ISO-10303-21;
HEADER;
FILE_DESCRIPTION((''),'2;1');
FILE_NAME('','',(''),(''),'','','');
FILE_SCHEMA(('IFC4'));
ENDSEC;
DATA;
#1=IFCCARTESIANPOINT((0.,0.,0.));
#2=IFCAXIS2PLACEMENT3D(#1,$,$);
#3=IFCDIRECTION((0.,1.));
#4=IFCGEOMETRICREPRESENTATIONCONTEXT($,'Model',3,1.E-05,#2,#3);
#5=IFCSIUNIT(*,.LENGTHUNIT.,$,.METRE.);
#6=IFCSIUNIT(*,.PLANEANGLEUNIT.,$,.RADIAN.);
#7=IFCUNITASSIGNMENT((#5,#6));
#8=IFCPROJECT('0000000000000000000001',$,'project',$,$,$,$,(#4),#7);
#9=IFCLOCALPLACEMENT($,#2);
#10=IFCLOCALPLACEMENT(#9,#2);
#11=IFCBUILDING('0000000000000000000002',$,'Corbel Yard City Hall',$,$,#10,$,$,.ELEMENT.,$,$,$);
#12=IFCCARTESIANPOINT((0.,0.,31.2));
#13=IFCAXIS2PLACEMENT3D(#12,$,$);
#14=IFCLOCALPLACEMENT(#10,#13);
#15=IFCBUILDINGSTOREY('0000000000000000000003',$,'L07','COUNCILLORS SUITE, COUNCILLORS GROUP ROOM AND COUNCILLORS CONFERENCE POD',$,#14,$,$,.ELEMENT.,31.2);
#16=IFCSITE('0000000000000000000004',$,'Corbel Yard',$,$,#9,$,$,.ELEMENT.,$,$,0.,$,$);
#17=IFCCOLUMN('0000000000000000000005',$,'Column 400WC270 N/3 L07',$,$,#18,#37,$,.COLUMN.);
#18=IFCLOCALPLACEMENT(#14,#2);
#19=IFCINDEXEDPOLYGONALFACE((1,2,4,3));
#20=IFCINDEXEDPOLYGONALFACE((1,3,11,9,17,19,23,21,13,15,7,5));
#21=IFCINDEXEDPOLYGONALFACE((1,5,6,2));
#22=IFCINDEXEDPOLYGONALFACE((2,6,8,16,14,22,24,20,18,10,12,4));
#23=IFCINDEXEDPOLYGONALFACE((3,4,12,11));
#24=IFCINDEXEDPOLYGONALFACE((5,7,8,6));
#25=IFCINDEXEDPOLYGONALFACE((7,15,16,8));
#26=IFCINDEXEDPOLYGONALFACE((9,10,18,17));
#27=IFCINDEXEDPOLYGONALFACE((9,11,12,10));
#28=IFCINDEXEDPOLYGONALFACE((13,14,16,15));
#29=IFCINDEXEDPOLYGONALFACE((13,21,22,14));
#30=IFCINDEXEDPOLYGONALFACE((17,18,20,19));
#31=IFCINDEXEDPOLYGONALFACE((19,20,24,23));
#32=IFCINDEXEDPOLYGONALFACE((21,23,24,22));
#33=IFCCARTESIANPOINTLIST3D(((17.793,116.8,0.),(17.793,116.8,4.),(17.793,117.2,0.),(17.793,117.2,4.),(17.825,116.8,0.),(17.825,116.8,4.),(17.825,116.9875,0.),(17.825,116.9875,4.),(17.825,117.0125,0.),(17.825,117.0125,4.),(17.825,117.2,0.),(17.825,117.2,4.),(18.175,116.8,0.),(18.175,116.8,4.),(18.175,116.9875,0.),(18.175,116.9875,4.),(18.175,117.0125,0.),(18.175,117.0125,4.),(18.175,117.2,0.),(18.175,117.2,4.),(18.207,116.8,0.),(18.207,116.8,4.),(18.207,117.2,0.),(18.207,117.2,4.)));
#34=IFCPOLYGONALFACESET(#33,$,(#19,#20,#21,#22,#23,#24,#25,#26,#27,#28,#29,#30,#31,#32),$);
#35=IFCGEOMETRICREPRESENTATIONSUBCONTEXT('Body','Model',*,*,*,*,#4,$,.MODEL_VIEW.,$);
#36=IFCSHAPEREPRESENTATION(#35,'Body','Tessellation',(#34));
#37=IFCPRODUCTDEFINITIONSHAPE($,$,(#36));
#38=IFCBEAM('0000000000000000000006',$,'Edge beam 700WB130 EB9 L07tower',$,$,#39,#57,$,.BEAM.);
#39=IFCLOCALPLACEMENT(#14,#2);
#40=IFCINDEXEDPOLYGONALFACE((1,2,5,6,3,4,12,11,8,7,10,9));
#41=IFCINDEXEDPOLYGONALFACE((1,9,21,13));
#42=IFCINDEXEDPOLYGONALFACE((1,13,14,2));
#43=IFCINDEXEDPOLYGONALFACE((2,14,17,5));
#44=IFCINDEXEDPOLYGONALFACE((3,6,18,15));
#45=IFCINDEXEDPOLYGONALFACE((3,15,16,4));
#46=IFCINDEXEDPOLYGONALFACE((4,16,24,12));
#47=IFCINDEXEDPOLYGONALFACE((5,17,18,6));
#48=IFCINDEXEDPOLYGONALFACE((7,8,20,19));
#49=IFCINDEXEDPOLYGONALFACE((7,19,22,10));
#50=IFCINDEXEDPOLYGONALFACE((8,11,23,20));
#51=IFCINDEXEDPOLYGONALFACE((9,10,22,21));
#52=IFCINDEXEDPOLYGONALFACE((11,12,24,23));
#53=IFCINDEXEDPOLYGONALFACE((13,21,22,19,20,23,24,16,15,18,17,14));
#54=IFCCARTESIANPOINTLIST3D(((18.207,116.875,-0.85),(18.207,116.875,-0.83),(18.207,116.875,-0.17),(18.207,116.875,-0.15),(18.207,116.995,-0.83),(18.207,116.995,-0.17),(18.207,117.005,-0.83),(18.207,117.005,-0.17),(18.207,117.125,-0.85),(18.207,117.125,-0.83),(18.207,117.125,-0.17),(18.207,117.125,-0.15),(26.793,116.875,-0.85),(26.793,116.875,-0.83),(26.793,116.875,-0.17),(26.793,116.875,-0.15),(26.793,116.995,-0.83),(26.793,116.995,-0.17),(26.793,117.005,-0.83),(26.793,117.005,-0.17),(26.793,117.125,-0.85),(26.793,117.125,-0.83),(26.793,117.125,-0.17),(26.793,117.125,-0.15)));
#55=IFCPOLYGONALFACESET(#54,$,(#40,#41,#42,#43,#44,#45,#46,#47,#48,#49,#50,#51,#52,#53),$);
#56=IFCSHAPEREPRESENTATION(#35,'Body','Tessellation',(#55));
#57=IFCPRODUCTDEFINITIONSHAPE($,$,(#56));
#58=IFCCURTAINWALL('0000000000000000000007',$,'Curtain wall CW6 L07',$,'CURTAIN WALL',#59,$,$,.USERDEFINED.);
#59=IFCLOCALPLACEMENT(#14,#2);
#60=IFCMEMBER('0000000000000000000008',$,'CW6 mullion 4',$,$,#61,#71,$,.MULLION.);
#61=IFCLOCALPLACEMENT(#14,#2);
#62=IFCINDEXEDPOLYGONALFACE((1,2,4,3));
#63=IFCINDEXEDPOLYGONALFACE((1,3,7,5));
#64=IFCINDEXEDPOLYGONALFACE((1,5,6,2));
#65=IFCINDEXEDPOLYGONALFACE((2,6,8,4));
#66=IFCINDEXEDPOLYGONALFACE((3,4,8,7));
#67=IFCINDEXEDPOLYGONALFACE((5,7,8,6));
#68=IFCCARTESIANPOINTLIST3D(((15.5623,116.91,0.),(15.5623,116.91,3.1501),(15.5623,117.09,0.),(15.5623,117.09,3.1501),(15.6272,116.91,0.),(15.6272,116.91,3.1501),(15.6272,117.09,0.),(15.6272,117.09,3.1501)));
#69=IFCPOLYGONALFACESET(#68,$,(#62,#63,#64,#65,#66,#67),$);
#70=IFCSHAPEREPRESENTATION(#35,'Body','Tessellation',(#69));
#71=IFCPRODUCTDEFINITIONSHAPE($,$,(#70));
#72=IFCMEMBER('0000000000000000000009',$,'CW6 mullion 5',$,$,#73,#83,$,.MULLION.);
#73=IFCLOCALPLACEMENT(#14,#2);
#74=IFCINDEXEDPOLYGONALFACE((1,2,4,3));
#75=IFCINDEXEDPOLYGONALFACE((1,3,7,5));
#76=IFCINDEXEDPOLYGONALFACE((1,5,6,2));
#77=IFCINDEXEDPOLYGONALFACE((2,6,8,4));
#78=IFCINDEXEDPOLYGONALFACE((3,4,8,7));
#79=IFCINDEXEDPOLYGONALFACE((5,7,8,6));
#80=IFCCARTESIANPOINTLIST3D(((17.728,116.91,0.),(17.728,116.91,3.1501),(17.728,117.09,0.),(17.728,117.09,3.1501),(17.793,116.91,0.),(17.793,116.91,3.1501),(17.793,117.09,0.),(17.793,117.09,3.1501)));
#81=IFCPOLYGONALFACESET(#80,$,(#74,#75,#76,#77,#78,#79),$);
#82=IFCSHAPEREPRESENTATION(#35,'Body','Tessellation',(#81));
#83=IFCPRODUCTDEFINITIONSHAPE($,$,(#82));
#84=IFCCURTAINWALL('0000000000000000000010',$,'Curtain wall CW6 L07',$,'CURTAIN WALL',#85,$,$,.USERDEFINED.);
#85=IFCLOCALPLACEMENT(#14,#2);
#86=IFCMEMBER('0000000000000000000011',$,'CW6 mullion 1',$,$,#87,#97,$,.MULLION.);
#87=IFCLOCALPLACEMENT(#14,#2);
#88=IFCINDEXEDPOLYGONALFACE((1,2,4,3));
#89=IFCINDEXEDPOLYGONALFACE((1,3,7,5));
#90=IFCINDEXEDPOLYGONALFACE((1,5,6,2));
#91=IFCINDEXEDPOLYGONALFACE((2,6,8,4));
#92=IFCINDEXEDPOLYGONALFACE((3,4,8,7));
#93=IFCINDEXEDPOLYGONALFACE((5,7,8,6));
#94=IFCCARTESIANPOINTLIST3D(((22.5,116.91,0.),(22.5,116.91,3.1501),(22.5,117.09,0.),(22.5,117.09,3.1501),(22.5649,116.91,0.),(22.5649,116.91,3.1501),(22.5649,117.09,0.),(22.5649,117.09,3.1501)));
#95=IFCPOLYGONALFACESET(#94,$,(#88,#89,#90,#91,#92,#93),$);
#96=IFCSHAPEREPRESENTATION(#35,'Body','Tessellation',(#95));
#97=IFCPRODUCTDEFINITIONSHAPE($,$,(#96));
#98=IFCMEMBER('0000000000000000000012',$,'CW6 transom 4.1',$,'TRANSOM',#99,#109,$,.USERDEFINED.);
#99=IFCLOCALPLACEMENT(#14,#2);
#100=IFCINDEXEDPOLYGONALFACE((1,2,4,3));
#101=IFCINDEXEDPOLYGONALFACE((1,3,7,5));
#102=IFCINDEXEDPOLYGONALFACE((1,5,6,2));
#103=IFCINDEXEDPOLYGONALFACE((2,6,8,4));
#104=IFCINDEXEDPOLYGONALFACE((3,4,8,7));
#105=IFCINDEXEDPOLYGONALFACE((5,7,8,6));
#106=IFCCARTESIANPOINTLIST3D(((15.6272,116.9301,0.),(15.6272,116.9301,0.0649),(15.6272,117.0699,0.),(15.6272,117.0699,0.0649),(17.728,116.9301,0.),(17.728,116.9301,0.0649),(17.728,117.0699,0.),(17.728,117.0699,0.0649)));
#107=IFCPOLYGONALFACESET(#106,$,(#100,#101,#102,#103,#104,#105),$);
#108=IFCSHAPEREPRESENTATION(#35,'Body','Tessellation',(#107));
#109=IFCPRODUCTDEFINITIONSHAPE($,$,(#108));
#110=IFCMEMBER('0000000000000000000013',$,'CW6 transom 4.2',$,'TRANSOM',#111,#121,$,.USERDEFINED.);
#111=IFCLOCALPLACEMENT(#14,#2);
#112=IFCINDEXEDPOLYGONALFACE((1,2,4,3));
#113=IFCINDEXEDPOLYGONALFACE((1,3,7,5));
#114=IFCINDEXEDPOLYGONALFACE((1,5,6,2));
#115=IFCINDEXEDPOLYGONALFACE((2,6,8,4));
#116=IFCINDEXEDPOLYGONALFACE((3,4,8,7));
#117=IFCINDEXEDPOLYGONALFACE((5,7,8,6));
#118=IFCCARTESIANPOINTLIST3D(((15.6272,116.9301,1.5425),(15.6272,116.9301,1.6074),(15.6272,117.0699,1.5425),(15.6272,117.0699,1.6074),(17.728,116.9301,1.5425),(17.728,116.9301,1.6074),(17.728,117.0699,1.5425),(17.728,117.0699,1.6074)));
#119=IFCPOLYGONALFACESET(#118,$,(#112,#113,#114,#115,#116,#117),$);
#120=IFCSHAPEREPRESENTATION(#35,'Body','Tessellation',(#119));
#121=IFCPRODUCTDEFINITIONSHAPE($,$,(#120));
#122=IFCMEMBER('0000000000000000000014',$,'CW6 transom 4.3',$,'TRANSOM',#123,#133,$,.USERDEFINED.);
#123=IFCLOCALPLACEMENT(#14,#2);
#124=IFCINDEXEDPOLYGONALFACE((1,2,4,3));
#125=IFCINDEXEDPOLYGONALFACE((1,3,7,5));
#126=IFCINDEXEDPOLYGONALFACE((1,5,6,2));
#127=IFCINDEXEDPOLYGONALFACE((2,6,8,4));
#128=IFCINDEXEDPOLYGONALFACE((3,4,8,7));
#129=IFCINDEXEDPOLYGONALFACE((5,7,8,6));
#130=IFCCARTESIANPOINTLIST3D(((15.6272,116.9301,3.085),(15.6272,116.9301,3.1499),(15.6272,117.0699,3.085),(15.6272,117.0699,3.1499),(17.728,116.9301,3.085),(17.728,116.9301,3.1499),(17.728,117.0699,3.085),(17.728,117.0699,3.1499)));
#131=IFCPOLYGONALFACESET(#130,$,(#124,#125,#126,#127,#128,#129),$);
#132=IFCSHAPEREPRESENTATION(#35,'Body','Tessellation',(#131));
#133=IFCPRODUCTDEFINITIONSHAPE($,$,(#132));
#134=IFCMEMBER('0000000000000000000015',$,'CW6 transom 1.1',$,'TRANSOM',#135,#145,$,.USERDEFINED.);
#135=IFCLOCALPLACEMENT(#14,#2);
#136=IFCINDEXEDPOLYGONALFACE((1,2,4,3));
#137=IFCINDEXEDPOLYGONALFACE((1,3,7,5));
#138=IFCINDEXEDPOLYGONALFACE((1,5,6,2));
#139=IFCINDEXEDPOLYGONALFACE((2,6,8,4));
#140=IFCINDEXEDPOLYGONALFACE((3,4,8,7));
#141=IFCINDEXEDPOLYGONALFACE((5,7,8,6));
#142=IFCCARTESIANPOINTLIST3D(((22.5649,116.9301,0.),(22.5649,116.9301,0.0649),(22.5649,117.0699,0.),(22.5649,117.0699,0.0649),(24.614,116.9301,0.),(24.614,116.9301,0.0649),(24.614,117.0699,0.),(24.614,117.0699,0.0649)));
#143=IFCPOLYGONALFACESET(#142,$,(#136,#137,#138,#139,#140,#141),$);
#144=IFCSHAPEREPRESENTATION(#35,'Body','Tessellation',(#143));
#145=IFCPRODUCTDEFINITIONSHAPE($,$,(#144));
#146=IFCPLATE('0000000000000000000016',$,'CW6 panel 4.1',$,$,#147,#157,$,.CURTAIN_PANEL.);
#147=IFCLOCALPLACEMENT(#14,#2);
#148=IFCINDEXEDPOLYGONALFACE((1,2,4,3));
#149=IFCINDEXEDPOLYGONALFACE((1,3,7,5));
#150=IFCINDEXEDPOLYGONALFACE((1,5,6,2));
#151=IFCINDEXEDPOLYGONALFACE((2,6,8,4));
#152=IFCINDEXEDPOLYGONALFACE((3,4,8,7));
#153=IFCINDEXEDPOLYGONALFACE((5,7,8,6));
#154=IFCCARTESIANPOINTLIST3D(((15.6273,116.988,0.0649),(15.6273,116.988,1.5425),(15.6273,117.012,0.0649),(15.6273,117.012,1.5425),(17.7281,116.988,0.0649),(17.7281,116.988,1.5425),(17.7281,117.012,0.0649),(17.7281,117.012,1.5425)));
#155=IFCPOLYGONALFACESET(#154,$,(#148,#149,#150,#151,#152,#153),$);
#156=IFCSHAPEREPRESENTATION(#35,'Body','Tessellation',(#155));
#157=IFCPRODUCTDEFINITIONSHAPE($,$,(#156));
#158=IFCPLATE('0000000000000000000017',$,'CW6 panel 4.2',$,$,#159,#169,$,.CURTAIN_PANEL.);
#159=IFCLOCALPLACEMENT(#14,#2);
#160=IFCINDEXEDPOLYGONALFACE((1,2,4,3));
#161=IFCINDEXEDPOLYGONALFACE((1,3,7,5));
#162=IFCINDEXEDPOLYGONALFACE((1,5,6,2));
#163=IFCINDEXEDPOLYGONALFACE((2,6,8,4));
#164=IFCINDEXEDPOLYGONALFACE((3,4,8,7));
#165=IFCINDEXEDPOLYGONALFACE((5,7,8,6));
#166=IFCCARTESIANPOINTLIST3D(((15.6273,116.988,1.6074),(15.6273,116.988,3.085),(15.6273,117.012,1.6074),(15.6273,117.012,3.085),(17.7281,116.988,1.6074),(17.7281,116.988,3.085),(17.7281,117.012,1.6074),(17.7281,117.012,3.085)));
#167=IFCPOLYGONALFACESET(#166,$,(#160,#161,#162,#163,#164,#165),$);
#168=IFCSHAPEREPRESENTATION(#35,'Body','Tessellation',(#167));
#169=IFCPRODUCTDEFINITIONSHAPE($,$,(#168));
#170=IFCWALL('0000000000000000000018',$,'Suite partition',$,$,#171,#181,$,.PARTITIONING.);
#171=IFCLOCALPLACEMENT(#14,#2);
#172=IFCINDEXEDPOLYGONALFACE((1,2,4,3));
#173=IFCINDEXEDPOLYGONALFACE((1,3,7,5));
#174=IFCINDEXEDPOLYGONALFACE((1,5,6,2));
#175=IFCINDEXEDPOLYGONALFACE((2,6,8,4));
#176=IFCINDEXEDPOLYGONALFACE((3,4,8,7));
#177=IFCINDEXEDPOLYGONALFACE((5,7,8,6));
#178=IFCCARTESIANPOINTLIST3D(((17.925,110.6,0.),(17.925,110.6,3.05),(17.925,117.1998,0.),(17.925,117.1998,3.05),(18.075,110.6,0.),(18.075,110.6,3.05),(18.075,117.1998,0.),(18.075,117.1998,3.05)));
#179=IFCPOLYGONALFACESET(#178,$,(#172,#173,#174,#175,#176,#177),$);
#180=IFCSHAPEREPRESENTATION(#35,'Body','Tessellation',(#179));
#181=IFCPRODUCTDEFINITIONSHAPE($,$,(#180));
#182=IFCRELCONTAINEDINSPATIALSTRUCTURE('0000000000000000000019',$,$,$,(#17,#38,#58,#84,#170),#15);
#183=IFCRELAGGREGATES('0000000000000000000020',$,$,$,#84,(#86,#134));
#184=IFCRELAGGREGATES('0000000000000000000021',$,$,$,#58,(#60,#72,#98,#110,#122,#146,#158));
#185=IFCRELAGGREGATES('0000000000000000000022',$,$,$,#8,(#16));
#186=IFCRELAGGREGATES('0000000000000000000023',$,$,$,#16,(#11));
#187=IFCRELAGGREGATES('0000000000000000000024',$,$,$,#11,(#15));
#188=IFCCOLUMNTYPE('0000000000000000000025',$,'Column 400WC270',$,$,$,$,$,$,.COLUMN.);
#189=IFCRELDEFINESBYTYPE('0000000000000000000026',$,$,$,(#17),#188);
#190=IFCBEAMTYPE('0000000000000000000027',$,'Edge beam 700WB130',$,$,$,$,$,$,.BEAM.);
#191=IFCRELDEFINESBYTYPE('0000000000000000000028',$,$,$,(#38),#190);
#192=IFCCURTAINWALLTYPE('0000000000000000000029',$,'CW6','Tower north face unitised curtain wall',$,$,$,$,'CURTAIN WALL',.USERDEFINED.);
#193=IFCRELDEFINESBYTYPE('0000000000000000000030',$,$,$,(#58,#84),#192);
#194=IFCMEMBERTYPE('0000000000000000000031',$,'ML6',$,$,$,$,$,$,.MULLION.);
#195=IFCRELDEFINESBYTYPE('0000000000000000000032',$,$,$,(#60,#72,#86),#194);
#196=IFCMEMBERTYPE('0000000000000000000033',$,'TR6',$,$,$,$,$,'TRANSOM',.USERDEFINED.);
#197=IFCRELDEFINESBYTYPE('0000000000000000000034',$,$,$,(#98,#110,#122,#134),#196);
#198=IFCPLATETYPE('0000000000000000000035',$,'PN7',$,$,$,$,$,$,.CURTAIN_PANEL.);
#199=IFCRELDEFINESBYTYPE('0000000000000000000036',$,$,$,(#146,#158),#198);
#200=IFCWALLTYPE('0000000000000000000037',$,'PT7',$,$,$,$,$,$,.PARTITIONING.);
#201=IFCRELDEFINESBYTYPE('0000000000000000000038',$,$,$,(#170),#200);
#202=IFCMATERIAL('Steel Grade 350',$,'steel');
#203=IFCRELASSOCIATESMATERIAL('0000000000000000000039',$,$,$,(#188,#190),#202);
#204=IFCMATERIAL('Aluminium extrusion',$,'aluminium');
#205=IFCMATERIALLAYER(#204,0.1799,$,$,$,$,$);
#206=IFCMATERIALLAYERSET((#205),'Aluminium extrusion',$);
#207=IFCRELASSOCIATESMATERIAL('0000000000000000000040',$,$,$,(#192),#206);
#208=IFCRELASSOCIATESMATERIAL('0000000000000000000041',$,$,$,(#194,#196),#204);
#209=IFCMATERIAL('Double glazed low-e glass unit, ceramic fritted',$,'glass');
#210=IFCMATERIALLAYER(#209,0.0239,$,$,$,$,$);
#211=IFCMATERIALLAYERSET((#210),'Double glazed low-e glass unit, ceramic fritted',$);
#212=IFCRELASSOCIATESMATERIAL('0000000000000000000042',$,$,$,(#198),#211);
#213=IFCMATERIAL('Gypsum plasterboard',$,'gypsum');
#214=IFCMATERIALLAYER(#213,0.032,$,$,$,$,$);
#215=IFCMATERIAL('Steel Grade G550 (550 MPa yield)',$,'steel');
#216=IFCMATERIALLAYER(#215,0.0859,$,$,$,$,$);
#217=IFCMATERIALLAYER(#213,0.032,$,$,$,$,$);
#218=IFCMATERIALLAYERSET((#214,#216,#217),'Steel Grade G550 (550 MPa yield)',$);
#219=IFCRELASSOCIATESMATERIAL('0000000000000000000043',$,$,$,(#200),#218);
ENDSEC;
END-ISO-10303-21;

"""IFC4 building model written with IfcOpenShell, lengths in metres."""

from ifc_helpers import new_model, si_unit, direction, frame, frame_2d, origin, origin_2d, place, context, subcontext, project, spatial, rectangle, i_section, extrude, material, layer, layer_set, material_profile, profile_set, type_object, element, aggregate, save


model = new_model("IFC4")

# Units and contexts
model_context = context("Model", 3, precision=1e-05, world=origin(), true_north=direction((0.0, 1.0)))
body_context = subcontext(model_context, "Body", "Model", "MODEL_VIEW")
ifc_project = project(units=[si_unit("LENGTHUNIT", "METRE"), si_unit("PLANEANGLEUNIT", "RADIAN")], contexts=[model_context])

# Site, building, storey
site_placement = place(None, origin())
site = spatial("IfcSite", under=ifc_project, at=site_placement, Name="Corbel Yard", CompositionType="ELEMENT", RefElevation=0.0)
building_placement = place(site_placement, origin())
building = spatial("IfcBuilding", under=site, at=building_placement, Name="Corbel Yard City Hall", CompositionType="ELEMENT")
storey_placement = place(building_placement, frame((0.0, 0.0, 31.2)))
storey = spatial("IfcBuildingStorey", under=building, at=storey_placement, Name="L07", Description="COUNCILLORS SUITE, COUNCILLORS GROUP ROOM AND COUNCILLORS CONFERENCE POD", CompositionType="ELEMENT", Elevation=31.2)

# Column
ifc_material_1 = material(Name="Steel Grade 350", Category="steel")
ifc_material_profile_1 = material_profile(ifc_material_1, i_section(OverallWidth=0.3999, OverallDepth=0.4141, WebThickness=0.0249, FlangeThickness=0.032, at=origin_2d()), Name="400WC270")
ifc_profile_set_1 = profile_set([ifc_material_profile_1], Name="Steel Grade 350")
column_type = type_object("IfcColumnType", Name="Column 400WC270", PredefinedType="COLUMN", material=ifc_profile_set_1)
column_placement = place(storey_placement, frame((18.0, 117.0, 0.0), z_axis=(0.0, 0.0, 1.0), x_axis=(0.0, 1.0, 0.0)))
element("IfcColumn", 1, at=column_placement, inside=storey, type_object=column_type, Name="Column 400WC270 N/3 L07", PredefinedType="COLUMN", context=body_context, shape_type="SweptSolid", body=[
    extrude(i_section(OverallWidth=0.3999, OverallDepth=0.4141, WebThickness=0.0249, FlangeThickness=0.032, at=origin_2d()), origin(), (0.0, 0.0, 1.0), 4.0),
])

# Beam
ifc_material_profile_2 = material_profile(ifc_material_1, i_section(OverallWidth=0.25, OverallDepth=0.7, WebThickness=0.01, FlangeThickness=0.02, at=origin_2d()), Name="700WB130")
ifc_profile_set_2 = profile_set([ifc_material_profile_2], Name="Steel Grade 350")
beam_type = type_object("IfcBeamType", Name="Edge beam 700WB130", PredefinedType="BEAM", material=ifc_profile_set_2)
beam_placement = place(storey_placement, frame((18.207, 117.0, -0.5), z_axis=(1.0, 0.0, 0.0), x_axis=(0.0, 1.0, 0.0)))
element("IfcBeam", 2, at=beam_placement, inside=storey, type_object=beam_type, Name="Edge beam 700WB130 EB9 L07tower", PredefinedType="BEAM", context=body_context, shape_type="SweptSolid", body=[
    extrude(i_section(OverallWidth=0.25, OverallDepth=0.7, WebThickness=0.01, FlangeThickness=0.02, at=origin_2d()), origin(), (0.0, 0.0, 1.0), 8.5859),
])

# Curtain wall, members
ifc_material_2 = material(Name="Aluminium extrusion", Category="aluminium")
ifc_layer_1 = layer(ifc_material_2, 0.1799)
ifc_layer_set_1 = layer_set([ifc_layer_1], Name="Aluminium extrusion")
curtain_wall_type = type_object("IfcCurtainWallType", Name="CW6", Description="Tower north face unitised curtain wall", ElementType="CURTAIN WALL", PredefinedType="USERDEFINED", material=ifc_layer_set_1)
curtain_wall_1_placement = place(storey_placement, origin())
curtain_wall_1 = element("IfcCurtainWall", 3, at=curtain_wall_1_placement, inside=storey, type_object=curtain_wall_type, Name="Curtain wall CW6 L07", ObjectType="CURTAIN WALL", PredefinedType="USERDEFINED")
ifc_material_profile_3 = material_profile(ifc_material_2, rectangle(XDim=0.1799, YDim=0.0649, at=origin_2d()), Name="180x65")
ifc_profile_set_3 = profile_set([ifc_material_profile_3], Name="Aluminium extrusion")
member_type_1 = type_object("IfcMemberType", Name="ML6", PredefinedType="MULLION", material=ifc_profile_set_3)
member_1_placement = place(storey_placement, frame((15.5947, 117.0, 0.0), z_axis=(0.0, 0.0, 1.0), x_axis=(0.0, 1.0, 0.0)))
member_1 = element("IfcMember", 4, at=member_1_placement, type_object=member_type_1, Name="CW6 mullion 4", PredefinedType="MULLION", context=body_context, shape_type="SweptSolid", body=[
    extrude(rectangle(XDim=0.1799, YDim=0.0649, at=origin_2d()), origin(), (0.0, 0.0, 1.0), 3.1501),
])
member_2_placement = place(storey_placement, frame((17.7605, 117.0, 0.0), z_axis=(0.0, 0.0, 1.0), x_axis=(0.0, 1.0, 0.0)))
member_2 = element("IfcMember", 5, at=member_2_placement, type_object=member_type_1, Name="CW6 mullion 5", PredefinedType="MULLION", context=body_context, shape_type="SweptSolid", body=[
    extrude(rectangle(XDim=0.1799, YDim=0.0649, at=origin_2d()), origin(), (0.0, 0.0, 1.0), 3.1501),
])

# Curtain wall, member
curtain_wall_2_placement = place(storey_placement, origin())
curtain_wall_2 = element("IfcCurtainWall", 6, at=curtain_wall_2_placement, inside=storey, type_object=curtain_wall_type, Name="Curtain wall CW6 L07", ObjectType="CURTAIN WALL", PredefinedType="USERDEFINED")
member_3_placement = place(storey_placement, frame((22.5325, 117.0, 0.0), z_axis=(0.0, 0.0, 1.0), x_axis=(0.0, 1.0, 0.0)))
member_3 = element("IfcMember", 7, at=member_3_placement, type_object=member_type_1, Name="CW6 mullion 1", PredefinedType="MULLION", context=body_context, shape_type="SweptSolid", body=[
    extrude(rectangle(XDim=0.1799, YDim=0.0649, at=origin_2d()), origin(), (0.0, 0.0, 1.0), 3.1501),
])

# Members
ifc_material_profile_4 = material_profile(ifc_material_2, rectangle(XDim=0.1399, YDim=0.0649, at=origin_2d()), Name="140x65")
ifc_profile_set_4 = profile_set([ifc_material_profile_4], Name="Aluminium extrusion")
member_type_2 = type_object("IfcMemberType", Name="TR6", ElementType="TRANSOM", PredefinedType="USERDEFINED", material=ifc_profile_set_4)
member_4_placement = place(storey_placement, frame((15.6272, 117.0, 0.0325), z_axis=(1.0, 0.0, 0.0), x_axis=(0.0, 1.0, 0.0)))
member_4 = element("IfcMember", 8, at=member_4_placement, type_object=member_type_2, Name="CW6 transom 4.1", ObjectType="TRANSOM", PredefinedType="USERDEFINED", context=body_context, shape_type="SweptSolid", body=[
    extrude(rectangle(XDim=0.1399, YDim=0.0649, at=origin_2d()), origin(), (0.0, 0.0, 1.0), 2.1008),
])
member_5_placement = place(storey_placement, frame((15.6272, 117.0, 1.575), z_axis=(1.0, 0.0, 0.0), x_axis=(0.0, 1.0, 0.0)))
member_5 = element("IfcMember", 9, at=member_5_placement, type_object=member_type_2, Name="CW6 transom 4.2", ObjectType="TRANSOM", PredefinedType="USERDEFINED", context=body_context, shape_type="SweptSolid", body=[
    extrude(rectangle(XDim=0.1399, YDim=0.0649, at=origin_2d()), origin(), (0.0, 0.0, 1.0), 2.1008),
])
member_6_placement = place(storey_placement, frame((15.6272, 117.0, 3.1174), z_axis=(1.0, 0.0, 0.0), x_axis=(0.0, 1.0, 0.0)))
member_6 = element("IfcMember", 10, at=member_6_placement, type_object=member_type_2, Name="CW6 transom 4.3", ObjectType="TRANSOM", PredefinedType="USERDEFINED", context=body_context, shape_type="SweptSolid", body=[
    extrude(rectangle(XDim=0.1399, YDim=0.0649, at=origin_2d()), origin(), (0.0, 0.0, 1.0), 2.1008),
])
member_7_placement = place(storey_placement, frame((22.5649, 117.0, 0.0325), z_axis=(1.0, 0.0, 0.0), x_axis=(0.0, 1.0, 0.0)))
member_7 = element("IfcMember", 11, at=member_7_placement, type_object=member_type_2, Name="CW6 transom 1.1", ObjectType="TRANSOM", PredefinedType="USERDEFINED", context=body_context, shape_type="SweptSolid", body=[
    extrude(rectangle(XDim=0.1399, YDim=0.0649, at=origin_2d()), origin(), (0.0, 0.0, 1.0), 2.0491),
])
aggregate(curtain_wall_2, [member_3, member_7])

# Plates
ifc_material_3 = material(Name="Double glazed low-e glass unit, ceramic fritted", Category="glass")
ifc_layer_2 = layer(ifc_material_3, 0.0239)
ifc_layer_set_2 = layer_set([ifc_layer_2], Name="Double glazed low-e glass unit, ceramic fritted")
plate_type = type_object("IfcPlateType", Name="PN7", PredefinedType="CURTAIN_PANEL", material=ifc_layer_set_2)
plate_1_placement = place(storey_placement, frame((16.6777, 117.0, 0.0649), z_axis=(0.0, 0.0, 1.0), x_axis=(1.0, 0.0, 0.0)))
plate_1 = element("IfcPlate", 12, at=plate_1_placement, type_object=plate_type, Name="CW6 panel 4.1", PredefinedType="CURTAIN_PANEL", context=body_context, shape_type="SweptSolid", body=[
    extrude(rectangle(XDim=2.1008, YDim=0.0239, at=origin_2d()), origin(), (0.0, 0.0, 1.0), 1.4775),
])
plate_2_placement = place(storey_placement, frame((16.6777, 117.0, 1.6074), z_axis=(0.0, 0.0, 1.0), x_axis=(1.0, 0.0, 0.0)))
plate_2 = element("IfcPlate", 13, at=plate_2_placement, type_object=plate_type, Name="CW6 panel 4.2", PredefinedType="CURTAIN_PANEL", context=body_context, shape_type="SweptSolid", body=[
    extrude(rectangle(XDim=2.1008, YDim=0.0239, at=origin_2d()), origin(), (0.0, 0.0, 1.0), 1.4775),
])
aggregate(curtain_wall_1, [member_1, member_2, member_4, member_5, member_6, plate_1, plate_2])

# Wall
ifc_material_4 = material(Name="Gypsum plasterboard", Category="gypsum")
ifc_layer_3 = layer(ifc_material_4, 0.032)
ifc_material_5 = material(Name="Steel Grade G550 (550 MPa yield)", Category="steel")
ifc_layer_4 = layer(ifc_material_5, 0.0859)
ifc_layer_5 = layer(ifc_material_4, 0.032)
ifc_layer_set_3 = layer_set([ifc_layer_3, ifc_layer_4, ifc_layer_5], Name="Steel Grade G550 (550 MPa yield)")
wall_type = type_object("IfcWallType", Name="PT7", PredefinedType="PARTITIONING", material=ifc_layer_set_3)
wall_1_placement = place(storey_placement, frame((18.0, 110.6001, 0.0), z_axis=(0.0, 0.0, 1.0), x_axis=(0.0, 1.0, 0.0)))
element("IfcWall", 14, at=wall_1_placement, inside=storey, type_object=wall_type, Name="Suite partition", PredefinedType="PARTITIONING", context=body_context, shape_type="SweptSolid", body=[
    extrude(rectangle(XDim=6.5999, YDim=0.1499, at=frame_2d((3.2998, 0.0))), origin(), (0.0, 0.0, 1.0), 3.05),
])

save(model, "model.ifc")
